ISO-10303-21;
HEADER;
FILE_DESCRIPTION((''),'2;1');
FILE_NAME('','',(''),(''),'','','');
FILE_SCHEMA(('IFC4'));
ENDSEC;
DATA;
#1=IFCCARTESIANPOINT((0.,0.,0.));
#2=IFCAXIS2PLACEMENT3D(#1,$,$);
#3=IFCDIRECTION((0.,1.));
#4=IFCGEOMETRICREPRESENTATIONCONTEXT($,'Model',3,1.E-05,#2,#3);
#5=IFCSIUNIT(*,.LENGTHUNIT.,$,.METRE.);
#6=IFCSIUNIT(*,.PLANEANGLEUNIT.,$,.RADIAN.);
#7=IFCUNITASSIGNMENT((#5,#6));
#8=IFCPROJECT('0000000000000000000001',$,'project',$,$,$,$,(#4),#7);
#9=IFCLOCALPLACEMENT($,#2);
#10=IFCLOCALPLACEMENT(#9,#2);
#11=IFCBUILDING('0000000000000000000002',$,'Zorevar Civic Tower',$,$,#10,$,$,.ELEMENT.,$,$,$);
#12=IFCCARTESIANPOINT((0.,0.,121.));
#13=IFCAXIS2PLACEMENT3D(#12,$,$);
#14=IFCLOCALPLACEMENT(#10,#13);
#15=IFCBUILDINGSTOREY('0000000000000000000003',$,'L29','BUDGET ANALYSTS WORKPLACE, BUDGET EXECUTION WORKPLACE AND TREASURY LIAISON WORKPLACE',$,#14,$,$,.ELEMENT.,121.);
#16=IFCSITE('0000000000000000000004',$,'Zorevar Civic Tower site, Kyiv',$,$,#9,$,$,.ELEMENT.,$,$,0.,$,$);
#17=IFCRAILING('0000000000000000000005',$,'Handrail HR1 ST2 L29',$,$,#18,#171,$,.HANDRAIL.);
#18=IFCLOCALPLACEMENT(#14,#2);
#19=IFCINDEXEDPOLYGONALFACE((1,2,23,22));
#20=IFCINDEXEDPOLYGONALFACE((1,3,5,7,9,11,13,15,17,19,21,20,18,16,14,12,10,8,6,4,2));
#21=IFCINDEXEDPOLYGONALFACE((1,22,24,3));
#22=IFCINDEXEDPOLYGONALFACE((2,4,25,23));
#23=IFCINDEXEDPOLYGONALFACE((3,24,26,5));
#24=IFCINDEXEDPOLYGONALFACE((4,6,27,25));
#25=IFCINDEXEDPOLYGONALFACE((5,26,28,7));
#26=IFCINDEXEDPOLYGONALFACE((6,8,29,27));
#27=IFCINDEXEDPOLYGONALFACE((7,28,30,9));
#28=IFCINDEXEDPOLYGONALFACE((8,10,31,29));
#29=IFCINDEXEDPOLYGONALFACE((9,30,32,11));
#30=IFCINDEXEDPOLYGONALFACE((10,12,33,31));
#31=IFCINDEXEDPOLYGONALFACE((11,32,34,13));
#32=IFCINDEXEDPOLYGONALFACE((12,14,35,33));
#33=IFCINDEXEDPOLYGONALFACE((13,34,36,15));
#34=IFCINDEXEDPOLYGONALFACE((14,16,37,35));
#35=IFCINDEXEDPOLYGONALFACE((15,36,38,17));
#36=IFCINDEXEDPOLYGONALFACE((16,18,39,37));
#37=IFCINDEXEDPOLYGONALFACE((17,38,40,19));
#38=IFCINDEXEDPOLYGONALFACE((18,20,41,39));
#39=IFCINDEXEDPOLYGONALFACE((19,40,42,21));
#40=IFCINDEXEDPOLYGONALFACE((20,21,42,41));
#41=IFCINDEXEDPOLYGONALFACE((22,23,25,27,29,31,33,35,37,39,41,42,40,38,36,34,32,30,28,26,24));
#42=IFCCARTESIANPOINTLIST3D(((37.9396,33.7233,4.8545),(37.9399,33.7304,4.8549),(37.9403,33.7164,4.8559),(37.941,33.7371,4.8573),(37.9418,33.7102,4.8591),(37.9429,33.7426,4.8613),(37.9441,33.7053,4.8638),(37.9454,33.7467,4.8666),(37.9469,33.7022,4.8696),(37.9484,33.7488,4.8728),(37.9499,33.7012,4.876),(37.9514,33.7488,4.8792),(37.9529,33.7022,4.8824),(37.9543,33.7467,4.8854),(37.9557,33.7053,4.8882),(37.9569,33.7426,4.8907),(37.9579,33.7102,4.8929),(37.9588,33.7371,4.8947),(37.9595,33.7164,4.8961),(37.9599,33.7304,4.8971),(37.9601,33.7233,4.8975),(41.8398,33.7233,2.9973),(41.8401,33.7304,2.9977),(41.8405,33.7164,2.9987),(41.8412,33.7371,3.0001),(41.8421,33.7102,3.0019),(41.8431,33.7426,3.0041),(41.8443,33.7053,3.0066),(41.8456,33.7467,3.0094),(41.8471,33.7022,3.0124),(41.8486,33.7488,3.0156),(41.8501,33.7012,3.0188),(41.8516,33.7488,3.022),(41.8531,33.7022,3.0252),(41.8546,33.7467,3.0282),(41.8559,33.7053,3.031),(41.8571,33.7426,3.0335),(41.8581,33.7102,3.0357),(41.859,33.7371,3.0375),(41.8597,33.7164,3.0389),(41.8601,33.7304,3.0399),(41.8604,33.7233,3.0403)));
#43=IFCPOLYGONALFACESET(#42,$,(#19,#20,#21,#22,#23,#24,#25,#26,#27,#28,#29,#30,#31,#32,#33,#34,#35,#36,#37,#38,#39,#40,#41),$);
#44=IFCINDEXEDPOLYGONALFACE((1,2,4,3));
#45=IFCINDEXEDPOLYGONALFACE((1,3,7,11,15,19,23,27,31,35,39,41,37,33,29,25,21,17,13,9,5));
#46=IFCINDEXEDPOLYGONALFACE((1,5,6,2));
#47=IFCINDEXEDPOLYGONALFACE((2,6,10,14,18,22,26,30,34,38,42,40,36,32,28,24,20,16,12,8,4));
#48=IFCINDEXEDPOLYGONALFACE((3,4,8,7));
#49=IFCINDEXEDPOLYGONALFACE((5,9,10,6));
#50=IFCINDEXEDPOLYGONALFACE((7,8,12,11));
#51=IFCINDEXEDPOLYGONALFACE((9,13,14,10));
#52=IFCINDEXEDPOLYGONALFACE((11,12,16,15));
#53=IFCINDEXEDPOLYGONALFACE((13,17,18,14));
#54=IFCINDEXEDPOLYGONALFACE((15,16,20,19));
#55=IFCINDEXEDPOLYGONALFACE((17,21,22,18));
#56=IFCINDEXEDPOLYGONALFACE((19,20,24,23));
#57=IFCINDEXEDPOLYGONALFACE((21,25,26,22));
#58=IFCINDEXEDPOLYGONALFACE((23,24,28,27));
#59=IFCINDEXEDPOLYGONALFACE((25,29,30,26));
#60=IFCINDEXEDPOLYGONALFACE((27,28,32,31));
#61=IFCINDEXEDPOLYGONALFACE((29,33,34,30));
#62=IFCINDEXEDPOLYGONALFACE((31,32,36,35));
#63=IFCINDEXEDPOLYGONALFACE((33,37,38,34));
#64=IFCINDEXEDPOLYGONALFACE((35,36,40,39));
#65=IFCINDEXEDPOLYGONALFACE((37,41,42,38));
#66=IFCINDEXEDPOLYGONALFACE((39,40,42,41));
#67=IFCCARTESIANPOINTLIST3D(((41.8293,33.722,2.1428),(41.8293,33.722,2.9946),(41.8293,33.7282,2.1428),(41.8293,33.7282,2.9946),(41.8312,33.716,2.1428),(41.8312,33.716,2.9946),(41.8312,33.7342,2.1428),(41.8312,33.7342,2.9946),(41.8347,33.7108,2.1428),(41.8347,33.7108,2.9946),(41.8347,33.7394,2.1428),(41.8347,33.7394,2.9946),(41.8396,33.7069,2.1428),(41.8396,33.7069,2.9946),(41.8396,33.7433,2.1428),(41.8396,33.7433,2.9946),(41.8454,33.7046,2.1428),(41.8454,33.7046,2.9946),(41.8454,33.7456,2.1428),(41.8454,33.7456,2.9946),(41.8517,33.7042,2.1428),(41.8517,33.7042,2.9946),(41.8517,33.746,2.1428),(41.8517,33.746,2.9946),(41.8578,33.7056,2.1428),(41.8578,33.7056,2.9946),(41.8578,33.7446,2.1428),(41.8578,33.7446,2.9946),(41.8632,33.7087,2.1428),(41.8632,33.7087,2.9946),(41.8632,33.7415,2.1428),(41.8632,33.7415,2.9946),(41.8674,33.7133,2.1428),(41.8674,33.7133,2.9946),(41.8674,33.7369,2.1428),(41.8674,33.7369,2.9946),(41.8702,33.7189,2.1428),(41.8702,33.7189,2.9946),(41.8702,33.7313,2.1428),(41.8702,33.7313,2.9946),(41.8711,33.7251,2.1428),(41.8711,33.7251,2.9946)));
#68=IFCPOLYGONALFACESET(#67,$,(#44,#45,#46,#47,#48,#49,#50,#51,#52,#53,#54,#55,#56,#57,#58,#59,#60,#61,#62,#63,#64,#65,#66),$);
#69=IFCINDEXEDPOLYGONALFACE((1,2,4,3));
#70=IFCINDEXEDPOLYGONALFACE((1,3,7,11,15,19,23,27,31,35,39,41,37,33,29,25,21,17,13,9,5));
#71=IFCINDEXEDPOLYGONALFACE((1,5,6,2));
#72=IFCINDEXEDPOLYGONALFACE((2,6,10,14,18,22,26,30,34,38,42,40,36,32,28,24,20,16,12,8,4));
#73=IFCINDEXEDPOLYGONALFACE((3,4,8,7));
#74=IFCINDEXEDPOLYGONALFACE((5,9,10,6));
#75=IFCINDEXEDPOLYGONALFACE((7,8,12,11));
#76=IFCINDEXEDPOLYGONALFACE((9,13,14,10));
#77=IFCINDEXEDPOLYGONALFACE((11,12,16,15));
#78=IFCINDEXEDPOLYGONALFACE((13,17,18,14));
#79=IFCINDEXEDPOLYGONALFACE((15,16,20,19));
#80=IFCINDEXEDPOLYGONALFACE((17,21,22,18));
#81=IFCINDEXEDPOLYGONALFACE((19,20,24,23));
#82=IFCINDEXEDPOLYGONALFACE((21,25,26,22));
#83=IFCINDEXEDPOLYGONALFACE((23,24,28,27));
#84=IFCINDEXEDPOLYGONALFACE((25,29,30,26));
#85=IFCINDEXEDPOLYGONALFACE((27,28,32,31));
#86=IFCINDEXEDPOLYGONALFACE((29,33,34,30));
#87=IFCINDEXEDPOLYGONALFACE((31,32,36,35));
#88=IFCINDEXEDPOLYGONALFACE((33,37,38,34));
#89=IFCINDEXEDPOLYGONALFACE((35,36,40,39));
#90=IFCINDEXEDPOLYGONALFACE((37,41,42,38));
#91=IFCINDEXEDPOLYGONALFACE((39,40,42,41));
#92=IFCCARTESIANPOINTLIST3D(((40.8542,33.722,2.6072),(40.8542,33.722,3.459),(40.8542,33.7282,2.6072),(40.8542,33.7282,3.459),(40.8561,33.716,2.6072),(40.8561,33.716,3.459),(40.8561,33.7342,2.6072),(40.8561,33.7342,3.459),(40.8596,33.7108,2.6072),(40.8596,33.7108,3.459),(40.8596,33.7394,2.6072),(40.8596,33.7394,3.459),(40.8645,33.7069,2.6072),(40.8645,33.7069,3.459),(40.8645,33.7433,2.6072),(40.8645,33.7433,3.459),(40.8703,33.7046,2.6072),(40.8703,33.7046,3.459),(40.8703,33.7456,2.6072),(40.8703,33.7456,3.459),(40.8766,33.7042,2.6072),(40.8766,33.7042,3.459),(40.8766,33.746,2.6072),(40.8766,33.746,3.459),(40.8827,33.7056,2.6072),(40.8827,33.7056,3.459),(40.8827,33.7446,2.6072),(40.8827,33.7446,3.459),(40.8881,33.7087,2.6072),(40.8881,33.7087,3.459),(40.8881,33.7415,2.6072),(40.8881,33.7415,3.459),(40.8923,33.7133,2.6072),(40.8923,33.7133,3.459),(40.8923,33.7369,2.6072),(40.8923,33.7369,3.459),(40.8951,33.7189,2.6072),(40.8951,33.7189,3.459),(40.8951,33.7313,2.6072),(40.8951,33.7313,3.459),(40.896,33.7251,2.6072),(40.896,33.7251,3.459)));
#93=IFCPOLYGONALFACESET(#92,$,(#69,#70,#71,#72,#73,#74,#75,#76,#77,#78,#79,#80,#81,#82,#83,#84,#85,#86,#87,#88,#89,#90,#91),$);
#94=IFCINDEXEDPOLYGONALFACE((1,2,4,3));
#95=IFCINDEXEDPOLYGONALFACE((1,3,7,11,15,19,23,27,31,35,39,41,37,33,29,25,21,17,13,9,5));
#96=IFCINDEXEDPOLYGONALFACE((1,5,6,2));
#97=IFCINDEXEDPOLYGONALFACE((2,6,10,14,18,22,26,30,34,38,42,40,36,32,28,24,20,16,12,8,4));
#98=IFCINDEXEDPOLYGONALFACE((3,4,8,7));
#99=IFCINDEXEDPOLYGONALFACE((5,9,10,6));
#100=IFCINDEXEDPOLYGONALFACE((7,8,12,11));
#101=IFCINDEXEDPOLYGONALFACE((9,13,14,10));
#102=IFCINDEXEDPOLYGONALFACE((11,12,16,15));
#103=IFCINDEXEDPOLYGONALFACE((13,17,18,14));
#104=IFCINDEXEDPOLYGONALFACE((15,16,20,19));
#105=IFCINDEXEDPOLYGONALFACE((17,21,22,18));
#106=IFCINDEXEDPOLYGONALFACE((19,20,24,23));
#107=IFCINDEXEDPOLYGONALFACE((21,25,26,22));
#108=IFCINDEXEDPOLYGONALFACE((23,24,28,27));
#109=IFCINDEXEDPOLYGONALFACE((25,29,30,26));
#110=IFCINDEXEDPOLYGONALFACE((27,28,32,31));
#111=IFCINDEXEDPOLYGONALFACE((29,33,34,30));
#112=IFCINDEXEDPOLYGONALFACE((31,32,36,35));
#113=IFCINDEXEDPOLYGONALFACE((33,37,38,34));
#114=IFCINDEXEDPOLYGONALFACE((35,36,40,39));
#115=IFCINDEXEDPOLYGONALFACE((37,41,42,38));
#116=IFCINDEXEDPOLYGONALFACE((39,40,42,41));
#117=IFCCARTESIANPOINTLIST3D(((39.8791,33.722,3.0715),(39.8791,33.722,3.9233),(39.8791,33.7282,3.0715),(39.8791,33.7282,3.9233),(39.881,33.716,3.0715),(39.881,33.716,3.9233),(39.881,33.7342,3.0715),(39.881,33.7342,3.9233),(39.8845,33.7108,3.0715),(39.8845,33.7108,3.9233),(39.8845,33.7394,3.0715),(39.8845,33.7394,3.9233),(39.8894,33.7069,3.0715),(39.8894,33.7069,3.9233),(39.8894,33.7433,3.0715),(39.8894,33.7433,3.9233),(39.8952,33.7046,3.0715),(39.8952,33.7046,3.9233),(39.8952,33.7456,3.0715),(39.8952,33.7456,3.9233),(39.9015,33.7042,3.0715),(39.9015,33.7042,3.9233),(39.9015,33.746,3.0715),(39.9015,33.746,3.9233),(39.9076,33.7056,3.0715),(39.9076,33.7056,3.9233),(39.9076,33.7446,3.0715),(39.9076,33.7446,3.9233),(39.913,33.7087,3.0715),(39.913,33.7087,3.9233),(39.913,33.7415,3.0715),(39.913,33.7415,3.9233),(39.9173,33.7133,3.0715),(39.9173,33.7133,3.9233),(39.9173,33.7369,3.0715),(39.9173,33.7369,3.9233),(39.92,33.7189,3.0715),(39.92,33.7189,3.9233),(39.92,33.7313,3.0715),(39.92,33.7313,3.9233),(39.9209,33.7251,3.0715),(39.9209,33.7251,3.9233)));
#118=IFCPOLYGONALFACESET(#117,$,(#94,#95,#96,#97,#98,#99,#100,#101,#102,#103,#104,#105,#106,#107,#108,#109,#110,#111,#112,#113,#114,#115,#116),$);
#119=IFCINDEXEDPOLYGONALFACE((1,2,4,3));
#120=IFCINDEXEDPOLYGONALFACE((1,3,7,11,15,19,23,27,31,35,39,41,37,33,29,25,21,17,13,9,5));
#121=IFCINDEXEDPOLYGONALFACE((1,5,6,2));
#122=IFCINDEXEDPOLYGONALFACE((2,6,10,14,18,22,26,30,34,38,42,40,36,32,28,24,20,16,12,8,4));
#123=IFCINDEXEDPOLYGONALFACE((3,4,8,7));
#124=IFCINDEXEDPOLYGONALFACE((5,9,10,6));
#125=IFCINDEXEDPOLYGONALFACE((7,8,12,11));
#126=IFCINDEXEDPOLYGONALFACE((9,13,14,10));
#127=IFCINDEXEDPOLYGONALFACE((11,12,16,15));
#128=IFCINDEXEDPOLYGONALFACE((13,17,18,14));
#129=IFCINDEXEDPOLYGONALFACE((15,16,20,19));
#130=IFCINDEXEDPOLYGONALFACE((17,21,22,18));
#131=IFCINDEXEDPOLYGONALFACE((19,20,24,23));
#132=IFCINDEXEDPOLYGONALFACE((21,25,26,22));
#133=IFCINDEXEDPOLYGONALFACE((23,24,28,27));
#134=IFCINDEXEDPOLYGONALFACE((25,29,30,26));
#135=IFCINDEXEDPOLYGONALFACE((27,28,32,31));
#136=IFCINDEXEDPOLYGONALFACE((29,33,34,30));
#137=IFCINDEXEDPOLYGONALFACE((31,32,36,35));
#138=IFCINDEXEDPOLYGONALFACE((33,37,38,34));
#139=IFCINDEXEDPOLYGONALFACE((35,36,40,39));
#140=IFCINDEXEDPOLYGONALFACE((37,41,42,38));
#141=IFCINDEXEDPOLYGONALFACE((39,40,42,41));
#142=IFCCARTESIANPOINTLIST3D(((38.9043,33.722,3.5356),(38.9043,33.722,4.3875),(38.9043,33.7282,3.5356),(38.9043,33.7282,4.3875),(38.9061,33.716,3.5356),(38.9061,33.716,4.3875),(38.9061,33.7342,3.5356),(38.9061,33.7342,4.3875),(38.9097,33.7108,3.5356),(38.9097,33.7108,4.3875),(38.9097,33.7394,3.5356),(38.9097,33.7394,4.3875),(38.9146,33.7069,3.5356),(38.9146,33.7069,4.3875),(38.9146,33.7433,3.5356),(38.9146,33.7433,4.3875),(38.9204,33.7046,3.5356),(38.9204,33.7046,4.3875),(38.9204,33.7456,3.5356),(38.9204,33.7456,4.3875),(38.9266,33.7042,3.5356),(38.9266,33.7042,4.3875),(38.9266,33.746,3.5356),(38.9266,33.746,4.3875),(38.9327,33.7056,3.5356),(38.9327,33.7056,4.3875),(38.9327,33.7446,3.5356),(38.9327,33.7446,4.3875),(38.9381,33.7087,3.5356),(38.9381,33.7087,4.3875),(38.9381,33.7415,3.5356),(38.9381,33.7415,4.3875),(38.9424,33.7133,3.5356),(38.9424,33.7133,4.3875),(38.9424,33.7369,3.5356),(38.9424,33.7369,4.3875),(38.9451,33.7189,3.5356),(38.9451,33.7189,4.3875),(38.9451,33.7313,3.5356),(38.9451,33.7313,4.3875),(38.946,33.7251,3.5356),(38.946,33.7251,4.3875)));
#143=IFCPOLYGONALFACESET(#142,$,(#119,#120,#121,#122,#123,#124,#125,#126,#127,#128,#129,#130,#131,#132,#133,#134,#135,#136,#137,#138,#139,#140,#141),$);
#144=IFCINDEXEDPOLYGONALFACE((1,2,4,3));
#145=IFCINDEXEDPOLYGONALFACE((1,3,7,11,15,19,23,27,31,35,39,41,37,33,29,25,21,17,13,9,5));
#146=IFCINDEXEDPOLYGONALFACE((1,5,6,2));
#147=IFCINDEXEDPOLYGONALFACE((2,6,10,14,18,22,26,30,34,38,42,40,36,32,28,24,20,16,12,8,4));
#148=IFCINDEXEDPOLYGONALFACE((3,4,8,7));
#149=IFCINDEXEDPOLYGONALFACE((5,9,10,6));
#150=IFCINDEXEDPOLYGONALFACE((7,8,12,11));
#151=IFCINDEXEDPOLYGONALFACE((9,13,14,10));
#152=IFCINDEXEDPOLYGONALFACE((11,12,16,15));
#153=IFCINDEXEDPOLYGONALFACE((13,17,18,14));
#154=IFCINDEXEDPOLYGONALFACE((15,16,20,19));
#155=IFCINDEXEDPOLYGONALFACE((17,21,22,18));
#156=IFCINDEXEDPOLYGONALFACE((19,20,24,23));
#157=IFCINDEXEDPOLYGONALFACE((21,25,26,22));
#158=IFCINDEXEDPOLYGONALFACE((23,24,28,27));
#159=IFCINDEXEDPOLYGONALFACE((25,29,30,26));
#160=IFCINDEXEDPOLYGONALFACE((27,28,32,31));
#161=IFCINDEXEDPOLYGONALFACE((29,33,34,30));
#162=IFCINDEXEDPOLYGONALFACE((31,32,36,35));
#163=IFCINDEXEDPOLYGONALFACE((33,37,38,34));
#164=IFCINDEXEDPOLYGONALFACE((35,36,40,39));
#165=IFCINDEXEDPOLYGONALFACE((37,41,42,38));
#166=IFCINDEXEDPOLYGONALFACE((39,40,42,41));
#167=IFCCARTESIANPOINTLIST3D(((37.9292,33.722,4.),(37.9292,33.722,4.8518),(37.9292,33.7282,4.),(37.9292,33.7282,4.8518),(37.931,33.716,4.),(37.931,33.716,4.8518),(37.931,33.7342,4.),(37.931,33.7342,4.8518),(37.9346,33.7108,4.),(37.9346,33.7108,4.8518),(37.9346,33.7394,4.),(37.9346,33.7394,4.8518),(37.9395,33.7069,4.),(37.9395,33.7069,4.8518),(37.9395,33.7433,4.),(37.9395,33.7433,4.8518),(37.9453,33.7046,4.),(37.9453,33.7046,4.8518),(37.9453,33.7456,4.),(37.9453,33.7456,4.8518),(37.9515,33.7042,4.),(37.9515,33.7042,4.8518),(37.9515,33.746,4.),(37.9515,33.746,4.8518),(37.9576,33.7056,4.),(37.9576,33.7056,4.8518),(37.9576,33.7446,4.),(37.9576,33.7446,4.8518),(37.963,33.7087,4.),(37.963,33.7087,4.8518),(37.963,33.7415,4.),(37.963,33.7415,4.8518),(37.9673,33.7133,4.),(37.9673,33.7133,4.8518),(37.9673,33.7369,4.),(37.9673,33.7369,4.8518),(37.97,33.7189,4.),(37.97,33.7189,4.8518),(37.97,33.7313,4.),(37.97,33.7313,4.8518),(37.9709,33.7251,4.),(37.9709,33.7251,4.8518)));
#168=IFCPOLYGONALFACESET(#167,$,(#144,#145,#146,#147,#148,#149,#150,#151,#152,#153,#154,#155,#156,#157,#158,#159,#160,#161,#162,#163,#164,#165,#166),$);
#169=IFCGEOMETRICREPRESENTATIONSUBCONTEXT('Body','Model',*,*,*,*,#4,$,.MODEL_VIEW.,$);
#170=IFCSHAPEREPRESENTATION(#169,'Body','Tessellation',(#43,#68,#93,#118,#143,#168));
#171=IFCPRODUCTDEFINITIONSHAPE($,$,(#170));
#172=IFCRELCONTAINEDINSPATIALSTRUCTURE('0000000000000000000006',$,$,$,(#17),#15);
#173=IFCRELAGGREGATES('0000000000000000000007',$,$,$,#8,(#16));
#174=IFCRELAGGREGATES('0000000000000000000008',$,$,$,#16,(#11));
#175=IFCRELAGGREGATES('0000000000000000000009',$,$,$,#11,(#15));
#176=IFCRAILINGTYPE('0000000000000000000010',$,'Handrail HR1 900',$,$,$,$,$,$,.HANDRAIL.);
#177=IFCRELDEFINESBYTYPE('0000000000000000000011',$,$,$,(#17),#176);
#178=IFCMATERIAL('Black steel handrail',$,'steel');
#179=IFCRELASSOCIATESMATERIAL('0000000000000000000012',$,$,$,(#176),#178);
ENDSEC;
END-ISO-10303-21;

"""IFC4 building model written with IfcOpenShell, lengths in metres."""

from ifc_helpers import new_model, si_unit, direction, frame, origin, origin_2d, place, context, subcontext, project, spatial, circle, extrude, material, type_object, element, save


model = new_model("IFC4")

# Units and contexts
model_context = context("Model", 3, precision=1e-05, world=origin(), true_north=direction((0.0, 1.0)))
body_context = subcontext(model_context, "Body", "Model", "MODEL_VIEW")
ifc_project = project(units=[si_unit("LENGTHUNIT", "METRE"), si_unit("PLANEANGLEUNIT", "RADIAN")], contexts=[model_context])

# Site, building, storey
site_placement = place(None, origin())
site = spatial("IfcSite", under=ifc_project, at=site_placement, Name="Zorevar Civic Tower site, Kyiv", CompositionType="ELEMENT", RefElevation=0.0)
building_placement = place(site_placement, origin())
building = spatial("IfcBuilding", under=site, at=building_placement, Name="Zorevar Civic Tower", CompositionType="ELEMENT")
storey_placement = place(building_placement, frame((0.0, 0.0, 121.0)))
storey = spatial("IfcBuildingStorey", under=building, at=storey_placement, Name="L29", Description="BUDGET ANALYSTS WORKPLACE, BUDGET EXECUTION WORKPLACE AND TREASURY LIAISON WORKPLACE", CompositionType="ELEMENT", Elevation=121.0)

# Railing
ifc_material_1 = material(Name="Black steel handrail", Category="steel")
railing_type = type_object("IfcRailingType", Name="Handrail HR1 900", PredefinedType="HANDRAIL", material=ifc_material_1)
railing_1_placement = place(storey_placement, frame((41.8501, 33.7251, 2.1428)))
element("IfcRailing", 1, at=railing_1_placement, inside=storey, type_object=railing_type, Name="Handrail HR1 ST2 L29", PredefinedType="HANDRAIL", context=body_context, shape_type="SweptSolid", body=[
    extrude(circle(Radius=0.0239, at=origin_2d()), frame((0.0, 0.0, 0.876), z_axis=(-0.902864, 0.0, 0.429927), x_axis=(0.0, -1.0, 0.0)), (0.0, 0.0, 1.0), 4.3198),
    extrude(circle(Radius=0.021, at=origin_2d()), origin(), (0.0, 0.0, 1.0), 0.8518),
    extrude(circle(Radius=0.021, at=origin_2d()), frame((-0.9751, 0.0, 0.4644)), (0.0, 0.0, 1.0), 0.8518),
    extrude(circle(Radius=0.021, at=origin_2d()), frame((-1.9502, 0.0, 0.9287)), (0.0, 0.0, 1.0), 0.8518),
    extrude(circle(Radius=0.021, at=origin_2d()), frame((-2.925, 0.0, 1.3928)), (0.0, 0.0, 1.0), 0.8518),
    extrude(circle(Radius=0.021, at=origin_2d()), frame((-3.9001, 0.0, 1.8572)), (0.0, 0.0, 1.0), 0.8518),
])

save(model, "model.ifc")
